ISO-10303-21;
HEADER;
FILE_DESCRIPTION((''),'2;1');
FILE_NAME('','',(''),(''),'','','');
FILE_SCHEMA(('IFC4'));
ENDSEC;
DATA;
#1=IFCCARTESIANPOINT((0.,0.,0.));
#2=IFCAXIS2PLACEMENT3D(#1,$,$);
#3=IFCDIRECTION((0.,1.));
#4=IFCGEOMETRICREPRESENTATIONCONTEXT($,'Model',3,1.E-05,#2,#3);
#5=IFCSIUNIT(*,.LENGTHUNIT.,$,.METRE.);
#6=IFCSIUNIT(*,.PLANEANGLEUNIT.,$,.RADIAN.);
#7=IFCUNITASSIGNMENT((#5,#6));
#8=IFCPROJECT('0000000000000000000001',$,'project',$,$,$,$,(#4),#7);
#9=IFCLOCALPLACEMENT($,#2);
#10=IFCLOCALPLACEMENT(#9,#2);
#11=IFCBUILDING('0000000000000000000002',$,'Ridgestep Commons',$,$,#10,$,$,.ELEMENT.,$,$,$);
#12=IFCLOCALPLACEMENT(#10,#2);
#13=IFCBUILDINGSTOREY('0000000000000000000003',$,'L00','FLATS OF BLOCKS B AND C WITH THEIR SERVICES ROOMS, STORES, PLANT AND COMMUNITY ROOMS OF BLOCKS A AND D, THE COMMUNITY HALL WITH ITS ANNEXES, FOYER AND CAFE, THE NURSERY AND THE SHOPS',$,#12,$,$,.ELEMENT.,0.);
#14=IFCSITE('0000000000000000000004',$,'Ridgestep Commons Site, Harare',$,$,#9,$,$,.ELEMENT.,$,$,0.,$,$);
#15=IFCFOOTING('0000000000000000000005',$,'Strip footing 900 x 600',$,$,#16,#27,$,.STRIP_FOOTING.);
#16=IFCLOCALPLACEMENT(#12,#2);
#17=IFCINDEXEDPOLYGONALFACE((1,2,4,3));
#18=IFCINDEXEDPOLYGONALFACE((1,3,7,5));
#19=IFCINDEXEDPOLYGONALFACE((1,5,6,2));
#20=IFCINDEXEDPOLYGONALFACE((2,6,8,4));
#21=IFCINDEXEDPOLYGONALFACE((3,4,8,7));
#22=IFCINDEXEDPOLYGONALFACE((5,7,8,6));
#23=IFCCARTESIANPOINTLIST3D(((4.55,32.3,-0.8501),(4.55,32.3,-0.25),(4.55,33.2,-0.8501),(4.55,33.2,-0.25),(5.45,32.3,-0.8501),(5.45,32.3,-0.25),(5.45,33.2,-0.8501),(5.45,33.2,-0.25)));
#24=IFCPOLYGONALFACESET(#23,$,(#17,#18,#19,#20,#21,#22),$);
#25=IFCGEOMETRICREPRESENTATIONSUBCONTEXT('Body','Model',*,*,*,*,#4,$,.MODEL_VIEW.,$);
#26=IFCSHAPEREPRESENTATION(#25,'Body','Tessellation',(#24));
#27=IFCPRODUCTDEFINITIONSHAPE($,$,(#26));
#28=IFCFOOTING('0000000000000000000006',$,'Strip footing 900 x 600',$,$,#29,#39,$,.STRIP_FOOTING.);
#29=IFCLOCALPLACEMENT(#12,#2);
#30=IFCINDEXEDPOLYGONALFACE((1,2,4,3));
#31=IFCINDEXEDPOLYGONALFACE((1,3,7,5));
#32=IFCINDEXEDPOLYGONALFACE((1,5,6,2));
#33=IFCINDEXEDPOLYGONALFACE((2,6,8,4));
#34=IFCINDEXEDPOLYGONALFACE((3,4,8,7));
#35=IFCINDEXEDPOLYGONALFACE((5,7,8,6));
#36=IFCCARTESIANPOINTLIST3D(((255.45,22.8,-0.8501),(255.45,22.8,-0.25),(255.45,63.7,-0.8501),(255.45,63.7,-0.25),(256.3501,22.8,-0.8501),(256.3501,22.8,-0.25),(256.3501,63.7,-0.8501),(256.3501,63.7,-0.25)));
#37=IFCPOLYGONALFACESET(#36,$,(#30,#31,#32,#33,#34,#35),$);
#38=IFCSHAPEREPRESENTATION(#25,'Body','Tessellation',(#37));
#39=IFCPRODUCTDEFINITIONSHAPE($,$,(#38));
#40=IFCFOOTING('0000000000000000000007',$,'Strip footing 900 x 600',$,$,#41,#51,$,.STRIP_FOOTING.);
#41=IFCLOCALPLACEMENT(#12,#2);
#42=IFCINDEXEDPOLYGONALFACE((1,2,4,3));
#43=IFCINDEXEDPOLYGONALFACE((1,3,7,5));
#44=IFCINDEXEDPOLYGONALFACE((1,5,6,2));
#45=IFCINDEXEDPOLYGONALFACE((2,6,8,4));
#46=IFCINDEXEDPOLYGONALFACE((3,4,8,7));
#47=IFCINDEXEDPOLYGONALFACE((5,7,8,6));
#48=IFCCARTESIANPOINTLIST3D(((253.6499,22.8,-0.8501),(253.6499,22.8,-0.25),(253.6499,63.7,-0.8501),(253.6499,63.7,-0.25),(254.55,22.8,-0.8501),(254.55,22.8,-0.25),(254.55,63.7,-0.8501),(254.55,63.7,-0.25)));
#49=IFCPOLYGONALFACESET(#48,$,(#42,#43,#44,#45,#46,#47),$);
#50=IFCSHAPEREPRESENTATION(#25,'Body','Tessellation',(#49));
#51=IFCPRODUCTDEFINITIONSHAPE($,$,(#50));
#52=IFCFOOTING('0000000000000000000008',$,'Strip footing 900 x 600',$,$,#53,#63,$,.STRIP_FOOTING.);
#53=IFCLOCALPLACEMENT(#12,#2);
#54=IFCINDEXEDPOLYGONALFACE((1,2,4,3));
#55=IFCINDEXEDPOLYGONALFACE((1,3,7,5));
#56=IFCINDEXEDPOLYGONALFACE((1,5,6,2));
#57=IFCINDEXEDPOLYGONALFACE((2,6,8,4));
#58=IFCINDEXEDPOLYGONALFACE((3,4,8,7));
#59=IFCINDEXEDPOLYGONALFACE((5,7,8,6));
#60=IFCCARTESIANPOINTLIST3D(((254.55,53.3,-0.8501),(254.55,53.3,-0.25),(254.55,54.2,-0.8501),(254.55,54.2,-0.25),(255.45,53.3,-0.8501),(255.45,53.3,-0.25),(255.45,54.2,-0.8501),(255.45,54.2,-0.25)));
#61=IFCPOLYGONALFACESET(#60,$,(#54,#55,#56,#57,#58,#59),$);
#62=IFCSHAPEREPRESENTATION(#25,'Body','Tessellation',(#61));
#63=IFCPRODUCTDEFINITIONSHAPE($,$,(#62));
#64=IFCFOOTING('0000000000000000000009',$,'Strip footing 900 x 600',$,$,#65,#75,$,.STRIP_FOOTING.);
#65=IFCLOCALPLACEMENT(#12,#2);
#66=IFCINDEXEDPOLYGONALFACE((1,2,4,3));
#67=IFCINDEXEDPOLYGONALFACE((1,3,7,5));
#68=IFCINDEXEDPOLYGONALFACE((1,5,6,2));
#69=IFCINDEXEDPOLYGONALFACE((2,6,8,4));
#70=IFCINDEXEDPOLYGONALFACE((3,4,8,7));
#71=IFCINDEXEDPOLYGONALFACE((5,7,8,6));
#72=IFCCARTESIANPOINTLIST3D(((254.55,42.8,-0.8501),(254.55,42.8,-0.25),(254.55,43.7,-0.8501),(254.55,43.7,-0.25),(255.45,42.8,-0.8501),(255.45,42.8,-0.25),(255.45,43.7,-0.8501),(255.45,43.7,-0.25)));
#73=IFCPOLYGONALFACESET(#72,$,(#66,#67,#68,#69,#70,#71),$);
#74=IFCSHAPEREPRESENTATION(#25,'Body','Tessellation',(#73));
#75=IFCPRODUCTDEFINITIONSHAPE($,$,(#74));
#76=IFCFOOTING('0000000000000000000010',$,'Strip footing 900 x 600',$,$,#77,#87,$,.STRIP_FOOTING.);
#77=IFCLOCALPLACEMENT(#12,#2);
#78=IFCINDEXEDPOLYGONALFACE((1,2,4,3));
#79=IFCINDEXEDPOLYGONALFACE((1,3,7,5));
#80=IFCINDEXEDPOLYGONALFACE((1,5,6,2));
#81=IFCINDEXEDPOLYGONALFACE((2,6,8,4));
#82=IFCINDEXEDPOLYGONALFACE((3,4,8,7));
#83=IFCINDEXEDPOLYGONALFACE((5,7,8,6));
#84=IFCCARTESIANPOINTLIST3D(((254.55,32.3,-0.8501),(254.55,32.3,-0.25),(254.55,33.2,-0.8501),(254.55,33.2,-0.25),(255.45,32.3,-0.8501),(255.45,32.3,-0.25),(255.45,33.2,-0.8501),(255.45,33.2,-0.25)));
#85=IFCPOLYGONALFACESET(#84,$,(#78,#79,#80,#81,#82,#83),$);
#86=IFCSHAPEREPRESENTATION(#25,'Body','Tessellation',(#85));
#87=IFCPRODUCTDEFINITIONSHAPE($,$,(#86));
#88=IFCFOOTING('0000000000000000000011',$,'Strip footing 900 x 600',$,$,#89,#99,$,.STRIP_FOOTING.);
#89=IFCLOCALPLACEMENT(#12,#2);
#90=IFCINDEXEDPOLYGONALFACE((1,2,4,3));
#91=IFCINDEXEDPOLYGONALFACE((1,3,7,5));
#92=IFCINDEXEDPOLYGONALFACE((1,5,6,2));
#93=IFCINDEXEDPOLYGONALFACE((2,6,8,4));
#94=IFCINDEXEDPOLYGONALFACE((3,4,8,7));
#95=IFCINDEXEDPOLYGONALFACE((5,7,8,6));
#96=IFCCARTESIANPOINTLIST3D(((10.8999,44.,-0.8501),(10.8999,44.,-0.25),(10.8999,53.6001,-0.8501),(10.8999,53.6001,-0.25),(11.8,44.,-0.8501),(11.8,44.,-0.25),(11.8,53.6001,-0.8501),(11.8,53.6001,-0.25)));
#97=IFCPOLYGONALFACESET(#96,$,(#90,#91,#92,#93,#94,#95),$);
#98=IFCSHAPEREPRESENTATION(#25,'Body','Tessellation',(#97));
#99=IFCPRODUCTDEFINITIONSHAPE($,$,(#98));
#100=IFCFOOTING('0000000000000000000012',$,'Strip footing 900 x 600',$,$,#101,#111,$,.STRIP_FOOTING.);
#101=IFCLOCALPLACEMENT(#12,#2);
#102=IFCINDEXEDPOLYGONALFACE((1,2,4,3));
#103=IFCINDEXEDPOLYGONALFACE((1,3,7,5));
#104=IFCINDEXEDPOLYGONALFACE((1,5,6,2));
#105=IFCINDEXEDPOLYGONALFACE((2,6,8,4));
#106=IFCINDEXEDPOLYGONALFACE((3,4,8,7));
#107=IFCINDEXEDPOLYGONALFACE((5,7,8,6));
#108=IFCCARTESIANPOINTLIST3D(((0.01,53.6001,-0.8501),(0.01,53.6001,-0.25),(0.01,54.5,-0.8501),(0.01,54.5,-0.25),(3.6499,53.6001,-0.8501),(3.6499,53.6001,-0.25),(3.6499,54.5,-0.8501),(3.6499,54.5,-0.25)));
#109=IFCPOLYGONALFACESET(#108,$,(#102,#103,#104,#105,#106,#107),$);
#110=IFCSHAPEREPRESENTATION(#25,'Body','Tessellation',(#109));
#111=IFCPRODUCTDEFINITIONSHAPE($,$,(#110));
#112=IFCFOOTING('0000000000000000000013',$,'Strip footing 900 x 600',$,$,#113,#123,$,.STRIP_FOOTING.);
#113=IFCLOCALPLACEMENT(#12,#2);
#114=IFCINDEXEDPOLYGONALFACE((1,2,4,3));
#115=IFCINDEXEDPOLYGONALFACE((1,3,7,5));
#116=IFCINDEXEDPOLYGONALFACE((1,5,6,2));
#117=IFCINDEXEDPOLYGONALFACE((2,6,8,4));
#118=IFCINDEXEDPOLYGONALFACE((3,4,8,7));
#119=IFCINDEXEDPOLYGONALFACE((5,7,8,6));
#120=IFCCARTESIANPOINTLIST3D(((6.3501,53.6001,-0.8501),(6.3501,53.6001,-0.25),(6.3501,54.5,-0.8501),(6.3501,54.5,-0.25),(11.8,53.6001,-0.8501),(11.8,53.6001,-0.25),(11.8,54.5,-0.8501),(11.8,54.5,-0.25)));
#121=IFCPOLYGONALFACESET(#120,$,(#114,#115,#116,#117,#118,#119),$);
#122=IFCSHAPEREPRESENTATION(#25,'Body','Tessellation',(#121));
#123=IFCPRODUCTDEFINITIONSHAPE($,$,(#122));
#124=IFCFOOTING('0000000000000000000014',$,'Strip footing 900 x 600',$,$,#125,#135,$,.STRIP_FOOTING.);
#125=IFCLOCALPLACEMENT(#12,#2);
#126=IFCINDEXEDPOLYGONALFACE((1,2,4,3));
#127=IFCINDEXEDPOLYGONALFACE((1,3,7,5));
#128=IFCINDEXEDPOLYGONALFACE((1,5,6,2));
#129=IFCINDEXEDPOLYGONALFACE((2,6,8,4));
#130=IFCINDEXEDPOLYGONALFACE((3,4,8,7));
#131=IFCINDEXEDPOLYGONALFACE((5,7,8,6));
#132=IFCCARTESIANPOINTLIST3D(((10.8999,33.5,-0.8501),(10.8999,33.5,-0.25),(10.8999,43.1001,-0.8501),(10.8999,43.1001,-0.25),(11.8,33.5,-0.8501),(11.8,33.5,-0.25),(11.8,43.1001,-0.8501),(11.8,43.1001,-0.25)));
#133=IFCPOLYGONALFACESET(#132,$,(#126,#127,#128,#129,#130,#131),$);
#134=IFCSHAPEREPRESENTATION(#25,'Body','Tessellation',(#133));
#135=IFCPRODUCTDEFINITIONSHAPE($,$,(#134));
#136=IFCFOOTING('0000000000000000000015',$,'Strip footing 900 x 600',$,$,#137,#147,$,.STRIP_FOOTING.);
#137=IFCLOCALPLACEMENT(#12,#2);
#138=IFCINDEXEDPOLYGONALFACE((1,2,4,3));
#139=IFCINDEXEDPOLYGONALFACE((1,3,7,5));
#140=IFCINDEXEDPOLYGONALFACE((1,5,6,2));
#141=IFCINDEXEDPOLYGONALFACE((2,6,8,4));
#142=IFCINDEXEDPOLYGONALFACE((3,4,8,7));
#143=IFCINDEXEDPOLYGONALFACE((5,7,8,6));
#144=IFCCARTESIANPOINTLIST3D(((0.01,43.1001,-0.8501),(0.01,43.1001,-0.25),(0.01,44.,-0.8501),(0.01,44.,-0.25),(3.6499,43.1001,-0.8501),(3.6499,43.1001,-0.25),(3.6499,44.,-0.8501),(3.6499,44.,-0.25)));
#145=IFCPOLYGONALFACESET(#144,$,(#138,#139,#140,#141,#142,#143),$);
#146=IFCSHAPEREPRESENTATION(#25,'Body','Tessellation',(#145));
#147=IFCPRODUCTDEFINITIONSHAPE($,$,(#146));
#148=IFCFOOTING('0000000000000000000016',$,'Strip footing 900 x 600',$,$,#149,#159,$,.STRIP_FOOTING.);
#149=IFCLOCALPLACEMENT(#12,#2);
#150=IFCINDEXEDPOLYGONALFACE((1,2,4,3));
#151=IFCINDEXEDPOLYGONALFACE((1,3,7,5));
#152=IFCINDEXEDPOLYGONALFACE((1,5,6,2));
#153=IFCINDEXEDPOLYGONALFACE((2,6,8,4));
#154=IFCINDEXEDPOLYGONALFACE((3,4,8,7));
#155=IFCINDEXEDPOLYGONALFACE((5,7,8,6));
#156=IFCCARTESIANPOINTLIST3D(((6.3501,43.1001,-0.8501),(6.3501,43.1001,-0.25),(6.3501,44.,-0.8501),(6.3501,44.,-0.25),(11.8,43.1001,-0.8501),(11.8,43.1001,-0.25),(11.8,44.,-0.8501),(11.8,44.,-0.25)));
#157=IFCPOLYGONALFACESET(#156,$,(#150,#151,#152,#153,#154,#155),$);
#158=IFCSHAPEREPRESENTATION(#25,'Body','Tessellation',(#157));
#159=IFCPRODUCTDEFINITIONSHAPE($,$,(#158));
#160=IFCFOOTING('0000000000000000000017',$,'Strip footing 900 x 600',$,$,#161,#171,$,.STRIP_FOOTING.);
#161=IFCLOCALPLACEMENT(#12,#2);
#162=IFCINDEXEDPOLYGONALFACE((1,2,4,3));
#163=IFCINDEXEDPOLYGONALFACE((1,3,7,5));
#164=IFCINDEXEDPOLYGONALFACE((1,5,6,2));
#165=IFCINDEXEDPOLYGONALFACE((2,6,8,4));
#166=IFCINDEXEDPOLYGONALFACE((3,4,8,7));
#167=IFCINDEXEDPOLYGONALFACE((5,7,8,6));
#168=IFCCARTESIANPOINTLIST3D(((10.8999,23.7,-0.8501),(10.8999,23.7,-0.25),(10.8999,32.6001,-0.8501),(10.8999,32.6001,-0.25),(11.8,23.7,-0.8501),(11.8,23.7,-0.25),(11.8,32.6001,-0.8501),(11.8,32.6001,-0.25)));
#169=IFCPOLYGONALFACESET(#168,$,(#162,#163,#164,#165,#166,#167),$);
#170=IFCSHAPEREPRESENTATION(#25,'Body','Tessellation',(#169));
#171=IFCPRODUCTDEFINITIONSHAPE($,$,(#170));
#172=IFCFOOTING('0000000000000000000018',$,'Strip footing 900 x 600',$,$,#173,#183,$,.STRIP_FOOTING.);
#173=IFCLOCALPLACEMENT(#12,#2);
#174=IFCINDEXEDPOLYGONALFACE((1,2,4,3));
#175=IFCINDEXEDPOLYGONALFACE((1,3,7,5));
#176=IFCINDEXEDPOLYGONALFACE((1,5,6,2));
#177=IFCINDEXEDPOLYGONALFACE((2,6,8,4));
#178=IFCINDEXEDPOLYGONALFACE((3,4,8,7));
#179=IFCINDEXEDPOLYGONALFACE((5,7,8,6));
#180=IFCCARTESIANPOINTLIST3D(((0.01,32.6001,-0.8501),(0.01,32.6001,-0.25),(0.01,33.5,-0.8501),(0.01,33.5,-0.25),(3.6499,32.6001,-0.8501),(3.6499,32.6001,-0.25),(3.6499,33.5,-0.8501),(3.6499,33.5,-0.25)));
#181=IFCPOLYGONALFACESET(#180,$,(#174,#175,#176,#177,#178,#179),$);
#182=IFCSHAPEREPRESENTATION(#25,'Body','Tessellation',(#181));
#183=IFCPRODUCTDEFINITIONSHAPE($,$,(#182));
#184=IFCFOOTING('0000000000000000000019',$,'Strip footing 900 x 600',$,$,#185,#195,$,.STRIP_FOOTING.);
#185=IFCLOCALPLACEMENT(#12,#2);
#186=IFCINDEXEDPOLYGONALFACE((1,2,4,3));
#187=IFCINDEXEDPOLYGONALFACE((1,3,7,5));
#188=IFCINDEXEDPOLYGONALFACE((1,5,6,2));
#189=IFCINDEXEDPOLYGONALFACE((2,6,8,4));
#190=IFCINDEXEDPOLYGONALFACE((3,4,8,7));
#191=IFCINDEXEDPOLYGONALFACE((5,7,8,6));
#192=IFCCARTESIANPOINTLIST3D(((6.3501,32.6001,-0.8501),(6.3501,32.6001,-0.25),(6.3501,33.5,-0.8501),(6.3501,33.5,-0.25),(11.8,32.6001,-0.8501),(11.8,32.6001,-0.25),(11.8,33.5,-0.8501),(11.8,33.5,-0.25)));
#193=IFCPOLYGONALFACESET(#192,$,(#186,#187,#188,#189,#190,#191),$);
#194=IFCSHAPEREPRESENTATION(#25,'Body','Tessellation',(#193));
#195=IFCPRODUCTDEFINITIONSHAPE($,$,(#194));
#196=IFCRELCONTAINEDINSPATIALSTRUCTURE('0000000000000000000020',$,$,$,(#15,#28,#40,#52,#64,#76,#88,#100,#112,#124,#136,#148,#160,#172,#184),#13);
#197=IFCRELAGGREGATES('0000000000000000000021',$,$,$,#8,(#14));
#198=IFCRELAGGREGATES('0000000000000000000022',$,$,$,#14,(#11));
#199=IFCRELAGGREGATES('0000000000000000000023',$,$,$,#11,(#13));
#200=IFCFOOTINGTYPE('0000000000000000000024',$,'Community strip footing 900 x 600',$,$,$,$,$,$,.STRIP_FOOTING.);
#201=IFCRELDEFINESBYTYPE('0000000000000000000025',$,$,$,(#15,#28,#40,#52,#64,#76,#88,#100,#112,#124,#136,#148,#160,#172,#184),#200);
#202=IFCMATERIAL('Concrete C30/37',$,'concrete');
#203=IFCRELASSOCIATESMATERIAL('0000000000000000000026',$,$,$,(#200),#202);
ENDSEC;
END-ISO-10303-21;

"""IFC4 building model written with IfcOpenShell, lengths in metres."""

from ifc_helpers import new_model, si_unit, direction, frame, origin, place, context, subcontext, project, spatial, polyline, outline, extrude, material, type_object, element, save


model = new_model("IFC4")

# Units and contexts
model_context = context("Model", 3, precision=1e-05, world=origin(), true_north=direction((0.0, 1.0)))
body_context = subcontext(model_context, "Body", "Model", "MODEL_VIEW")
ifc_project = project(units=[si_unit("LENGTHUNIT", "METRE"), si_unit("PLANEANGLEUNIT", "RADIAN")], contexts=[model_context])

# Site, building, storey
site_placement = place(None, origin())
site = spatial("IfcSite", under=ifc_project, at=site_placement, Name="Ridgestep Commons Site, Harare", CompositionType="ELEMENT", RefElevation=0.0)
building_placement = place(site_placement, origin())
building = spatial("IfcBuilding", under=site, at=building_placement, Name="Ridgestep Commons", CompositionType="ELEMENT")
storey_placement = place(building_placement, origin())
storey = spatial("IfcBuildingStorey", under=building, at=storey_placement, Name="L00", Description="FLATS OF BLOCKS B AND C WITH THEIR SERVICES ROOMS, STORES, PLANT AND COMMUNITY ROOMS OF BLOCKS A AND D, THE COMMUNITY HALL WITH ITS ANNEXES, FOYER AND CAFE, THE NURSERY AND THE SHOPS", CompositionType="ELEMENT", Elevation=0.0)

# Footings
ifc_material_1 = material(Name="Concrete C30/37", Category="concrete")
footing_type_1 = type_object("IfcFootingType", Name="Community strip footing 900 x 600", PredefinedType="STRIP_FOOTING", material=ifc_material_1)
footing_1_placement = place(storey_placement, frame((0.0, 0.0, -0.8501)))
element("IfcFooting", 1, at=footing_1_placement, inside=storey, type_object=footing_type_1, Name="Strip footing 900 x 600", PredefinedType="STRIP_FOOTING", context=body_context, shape_type="SweptSolid", body=[
    extrude(outline(polyline([(4.55, 32.3), (5.45, 32.3), (5.45, 33.2), (4.55, 33.2), (4.55, 32.3)])), origin(), (0.0, 0.0, 1.0), 0.6001),
])
footing_2_placement = place(storey_placement, frame((0.0, 0.0, -0.8501)))
element("IfcFooting", 2, at=footing_2_placement, inside=storey, type_object=footing_type_1, Name="Strip footing 900 x 600", PredefinedType="STRIP_FOOTING", context=body_context, shape_type="SweptSolid", body=[
    extrude(outline(polyline([(255.45, 22.8), (256.3501, 22.8), (256.3501, 63.7), (255.45, 63.7), (255.45, 22.8)])), origin(), (0.0, 0.0, 1.0), 0.6001),
])
footing_3_placement = place(storey_placement, frame((0.0, 0.0, -0.8501)))
element("IfcFooting", 3, at=footing_3_placement, inside=storey, type_object=footing_type_1, Name="Strip footing 900 x 600", PredefinedType="STRIP_FOOTING", context=body_context, shape_type="SweptSolid", body=[
    extrude(outline(polyline([(253.6499, 22.8), (254.55, 22.8), (254.55, 63.7), (253.6499, 63.7), (253.6499, 22.8)])), origin(), (0.0, 0.0, 1.0), 0.6001),
])
footing_4_placement = place(storey_placement, frame((0.0, 0.0, -0.8501)))
element("IfcFooting", 4, at=footing_4_placement, inside=storey, type_object=footing_type_1, Name="Strip footing 900 x 600", PredefinedType="STRIP_FOOTING", context=body_context, shape_type="SweptSolid", body=[
    extrude(outline(polyline([(254.55, 53.3), (255.45, 53.3), (255.45, 54.2), (254.55, 54.2), (254.55, 53.3)])), origin(), (0.0, 0.0, 1.0), 0.6001),
])
footing_5_placement = place(storey_placement, frame((0.0, 0.0, -0.8501)))
element("IfcFooting", 5, at=footing_5_placement, inside=storey, type_object=footing_type_1, Name="Strip footing 900 x 600", PredefinedType="STRIP_FOOTING", context=body_context, shape_type="SweptSolid", body=[
    extrude(outline(polyline([(254.55, 42.8), (255.45, 42.8), (255.45, 43.7), (254.55, 43.7), (254.55, 42.8)])), origin(), (0.0, 0.0, 1.0), 0.6001),
])
footing_6_placement = place(storey_placement, frame((0.0, 0.0, -0.8501)))
element("IfcFooting", 6, at=footing_6_placement, inside=storey, type_object=footing_type_1, Name="Strip footing 900 x 600", PredefinedType="STRIP_FOOTING", context=body_context, shape_type="SweptSolid", body=[
    extrude(outline(polyline([(254.55, 32.3), (255.45, 32.3), (255.45, 33.2), (254.55, 33.2), (254.55, 32.3)])), origin(), (0.0, 0.0, 1.0), 0.6001),
])
footing_7_placement = place(storey_placement, frame((0.0, 0.0, -0.8501)))
element("IfcFooting", 7, at=footing_7_placement, inside=storey, type_object=footing_type_1, Name="Strip footing 900 x 600", PredefinedType="STRIP_FOOTING", context=body_context, shape_type="SweptSolid", body=[
    extrude(outline(polyline([(10.8999, 44.0), (11.8, 44.0), (11.8, 53.6001), (10.8999, 53.6001), (10.8999, 44.0)])), origin(), (0.0, 0.0, 1.0), 0.6001),
])
footing_8_placement = place(storey_placement, frame((0.0, 0.0, -0.8501)))
element("IfcFooting", 8, at=footing_8_placement, inside=storey, type_object=footing_type_1, Name="Strip footing 900 x 600", PredefinedType="STRIP_FOOTING", context=body_context, shape_type="SweptSolid", body=[
    extrude(outline(polyline([(0.01, 53.6001), (3.6499, 53.6001), (3.6499, 54.5), (0.01, 54.5), (0.01, 53.6001)])), origin(), (0.0, 0.0, 1.0), 0.6001),
])
footing_9_placement = place(storey_placement, frame((0.0, 0.0, -0.8501)))
element("IfcFooting", 9, at=footing_9_placement, inside=storey, type_object=footing_type_1, Name="Strip footing 900 x 600", PredefinedType="STRIP_FOOTING", context=body_context, shape_type="SweptSolid", body=[
    extrude(outline(polyline([(6.3501, 53.6001), (11.8, 53.6001), (11.8, 54.5), (6.3501, 54.5), (6.3501, 53.6001)])), origin(), (0.0, 0.0, 1.0), 0.6001),
])
footing_10_placement = place(storey_placement, frame((0.0, 0.0, -0.8501)))
element("IfcFooting", 10, at=footing_10_placement, inside=storey, type_object=footing_type_1, Name="Strip footing 900 x 600", PredefinedType="STRIP_FOOTING", context=body_context, shape_type="SweptSolid", body=[
    extrude(outline(polyline([(10.8999, 33.5), (11.8, 33.5), (11.8, 43.1001), (10.8999, 43.1001), (10.8999, 33.5)])), origin(), (0.0, 0.0, 1.0), 0.6001),
])
footing_11_placement = place(storey_placement, frame((0.0, 0.0, -0.8501)))
element("IfcFooting", 11, at=footing_11_placement, inside=storey, type_object=footing_type_1, Name="Strip footing 900 x 600", PredefinedType="STRIP_FOOTING", context=body_context, shape_type="SweptSolid", body=[
    extrude(outline(polyline([(0.01, 43.1001), (3.6499, 43.1001), (3.6499, 44.0), (0.01, 44.0), (0.01, 43.1001)])), origin(), (0.0, 0.0, 1.0), 0.6001),
])
footing_12_placement = place(storey_placement, frame((0.0, 0.0, -0.8501)))
element("IfcFooting", 12, at=footing_12_placement, inside=storey, type_object=footing_type_1, Name="Strip footing 900 x 600", PredefinedType="STRIP_FOOTING", context=body_context, shape_type="SweptSolid", body=[
    extrude(outline(polyline([(6.3501, 43.1001), (11.8, 43.1001), (11.8, 44.0), (6.3501, 44.0), (6.3501, 43.1001)])), origin(), (0.0, 0.0, 1.0), 0.6001),
])
footing_13_placement = place(storey_placement, frame((0.0, 0.0, -0.8501)))
element("IfcFooting", 13, at=footing_13_placement, inside=storey, type_object=footing_type_1, Name="Strip footing 900 x 600", PredefinedType="STRIP_FOOTING", context=body_context, shape_type="SweptSolid", body=[
    extrude(outline(polyline([(10.8999, 23.7), (11.8, 23.7), (11.8, 32.6001), (10.8999, 32.6001), (10.8999, 23.7)])), origin(), (0.0, 0.0, 1.0), 0.6001),
])
footing_14_placement = place(storey_placement, frame((0.0, 0.0, -0.8501)))
element("IfcFooting", 14, at=footing_14_placement, inside=storey, type_object=footing_type_1, Name="Strip footing 900 x 600", PredefinedType="STRIP_FOOTING", context=body_context, shape_type="SweptSolid", body=[
    extrude(outline(polyline([(0.01, 32.6001), (3.6499, 32.6001), (3.6499, 33.5), (0.01, 33.5), (0.01, 32.6001)])), origin(), (0.0, 0.0, 1.0), 0.6001),
])
footing_15_placement = place(storey_placement, frame((0.0, 0.0, -0.8501)))
element("IfcFooting", 15, at=footing_15_placement, inside=storey, type_object=footing_type_1, Name="Strip footing 900 x 600", PredefinedType="STRIP_FOOTING", context=body_context, shape_type="SweptSolid", body=[
    extrude(outline(polyline([(6.3501, 32.6001), (11.8, 32.6001), (11.8, 33.5), (6.3501, 33.5), (6.3501, 32.6001)])), origin(), (0.0, 0.0, 1.0), 0.6001),
])

save(model, "model.ifc")
